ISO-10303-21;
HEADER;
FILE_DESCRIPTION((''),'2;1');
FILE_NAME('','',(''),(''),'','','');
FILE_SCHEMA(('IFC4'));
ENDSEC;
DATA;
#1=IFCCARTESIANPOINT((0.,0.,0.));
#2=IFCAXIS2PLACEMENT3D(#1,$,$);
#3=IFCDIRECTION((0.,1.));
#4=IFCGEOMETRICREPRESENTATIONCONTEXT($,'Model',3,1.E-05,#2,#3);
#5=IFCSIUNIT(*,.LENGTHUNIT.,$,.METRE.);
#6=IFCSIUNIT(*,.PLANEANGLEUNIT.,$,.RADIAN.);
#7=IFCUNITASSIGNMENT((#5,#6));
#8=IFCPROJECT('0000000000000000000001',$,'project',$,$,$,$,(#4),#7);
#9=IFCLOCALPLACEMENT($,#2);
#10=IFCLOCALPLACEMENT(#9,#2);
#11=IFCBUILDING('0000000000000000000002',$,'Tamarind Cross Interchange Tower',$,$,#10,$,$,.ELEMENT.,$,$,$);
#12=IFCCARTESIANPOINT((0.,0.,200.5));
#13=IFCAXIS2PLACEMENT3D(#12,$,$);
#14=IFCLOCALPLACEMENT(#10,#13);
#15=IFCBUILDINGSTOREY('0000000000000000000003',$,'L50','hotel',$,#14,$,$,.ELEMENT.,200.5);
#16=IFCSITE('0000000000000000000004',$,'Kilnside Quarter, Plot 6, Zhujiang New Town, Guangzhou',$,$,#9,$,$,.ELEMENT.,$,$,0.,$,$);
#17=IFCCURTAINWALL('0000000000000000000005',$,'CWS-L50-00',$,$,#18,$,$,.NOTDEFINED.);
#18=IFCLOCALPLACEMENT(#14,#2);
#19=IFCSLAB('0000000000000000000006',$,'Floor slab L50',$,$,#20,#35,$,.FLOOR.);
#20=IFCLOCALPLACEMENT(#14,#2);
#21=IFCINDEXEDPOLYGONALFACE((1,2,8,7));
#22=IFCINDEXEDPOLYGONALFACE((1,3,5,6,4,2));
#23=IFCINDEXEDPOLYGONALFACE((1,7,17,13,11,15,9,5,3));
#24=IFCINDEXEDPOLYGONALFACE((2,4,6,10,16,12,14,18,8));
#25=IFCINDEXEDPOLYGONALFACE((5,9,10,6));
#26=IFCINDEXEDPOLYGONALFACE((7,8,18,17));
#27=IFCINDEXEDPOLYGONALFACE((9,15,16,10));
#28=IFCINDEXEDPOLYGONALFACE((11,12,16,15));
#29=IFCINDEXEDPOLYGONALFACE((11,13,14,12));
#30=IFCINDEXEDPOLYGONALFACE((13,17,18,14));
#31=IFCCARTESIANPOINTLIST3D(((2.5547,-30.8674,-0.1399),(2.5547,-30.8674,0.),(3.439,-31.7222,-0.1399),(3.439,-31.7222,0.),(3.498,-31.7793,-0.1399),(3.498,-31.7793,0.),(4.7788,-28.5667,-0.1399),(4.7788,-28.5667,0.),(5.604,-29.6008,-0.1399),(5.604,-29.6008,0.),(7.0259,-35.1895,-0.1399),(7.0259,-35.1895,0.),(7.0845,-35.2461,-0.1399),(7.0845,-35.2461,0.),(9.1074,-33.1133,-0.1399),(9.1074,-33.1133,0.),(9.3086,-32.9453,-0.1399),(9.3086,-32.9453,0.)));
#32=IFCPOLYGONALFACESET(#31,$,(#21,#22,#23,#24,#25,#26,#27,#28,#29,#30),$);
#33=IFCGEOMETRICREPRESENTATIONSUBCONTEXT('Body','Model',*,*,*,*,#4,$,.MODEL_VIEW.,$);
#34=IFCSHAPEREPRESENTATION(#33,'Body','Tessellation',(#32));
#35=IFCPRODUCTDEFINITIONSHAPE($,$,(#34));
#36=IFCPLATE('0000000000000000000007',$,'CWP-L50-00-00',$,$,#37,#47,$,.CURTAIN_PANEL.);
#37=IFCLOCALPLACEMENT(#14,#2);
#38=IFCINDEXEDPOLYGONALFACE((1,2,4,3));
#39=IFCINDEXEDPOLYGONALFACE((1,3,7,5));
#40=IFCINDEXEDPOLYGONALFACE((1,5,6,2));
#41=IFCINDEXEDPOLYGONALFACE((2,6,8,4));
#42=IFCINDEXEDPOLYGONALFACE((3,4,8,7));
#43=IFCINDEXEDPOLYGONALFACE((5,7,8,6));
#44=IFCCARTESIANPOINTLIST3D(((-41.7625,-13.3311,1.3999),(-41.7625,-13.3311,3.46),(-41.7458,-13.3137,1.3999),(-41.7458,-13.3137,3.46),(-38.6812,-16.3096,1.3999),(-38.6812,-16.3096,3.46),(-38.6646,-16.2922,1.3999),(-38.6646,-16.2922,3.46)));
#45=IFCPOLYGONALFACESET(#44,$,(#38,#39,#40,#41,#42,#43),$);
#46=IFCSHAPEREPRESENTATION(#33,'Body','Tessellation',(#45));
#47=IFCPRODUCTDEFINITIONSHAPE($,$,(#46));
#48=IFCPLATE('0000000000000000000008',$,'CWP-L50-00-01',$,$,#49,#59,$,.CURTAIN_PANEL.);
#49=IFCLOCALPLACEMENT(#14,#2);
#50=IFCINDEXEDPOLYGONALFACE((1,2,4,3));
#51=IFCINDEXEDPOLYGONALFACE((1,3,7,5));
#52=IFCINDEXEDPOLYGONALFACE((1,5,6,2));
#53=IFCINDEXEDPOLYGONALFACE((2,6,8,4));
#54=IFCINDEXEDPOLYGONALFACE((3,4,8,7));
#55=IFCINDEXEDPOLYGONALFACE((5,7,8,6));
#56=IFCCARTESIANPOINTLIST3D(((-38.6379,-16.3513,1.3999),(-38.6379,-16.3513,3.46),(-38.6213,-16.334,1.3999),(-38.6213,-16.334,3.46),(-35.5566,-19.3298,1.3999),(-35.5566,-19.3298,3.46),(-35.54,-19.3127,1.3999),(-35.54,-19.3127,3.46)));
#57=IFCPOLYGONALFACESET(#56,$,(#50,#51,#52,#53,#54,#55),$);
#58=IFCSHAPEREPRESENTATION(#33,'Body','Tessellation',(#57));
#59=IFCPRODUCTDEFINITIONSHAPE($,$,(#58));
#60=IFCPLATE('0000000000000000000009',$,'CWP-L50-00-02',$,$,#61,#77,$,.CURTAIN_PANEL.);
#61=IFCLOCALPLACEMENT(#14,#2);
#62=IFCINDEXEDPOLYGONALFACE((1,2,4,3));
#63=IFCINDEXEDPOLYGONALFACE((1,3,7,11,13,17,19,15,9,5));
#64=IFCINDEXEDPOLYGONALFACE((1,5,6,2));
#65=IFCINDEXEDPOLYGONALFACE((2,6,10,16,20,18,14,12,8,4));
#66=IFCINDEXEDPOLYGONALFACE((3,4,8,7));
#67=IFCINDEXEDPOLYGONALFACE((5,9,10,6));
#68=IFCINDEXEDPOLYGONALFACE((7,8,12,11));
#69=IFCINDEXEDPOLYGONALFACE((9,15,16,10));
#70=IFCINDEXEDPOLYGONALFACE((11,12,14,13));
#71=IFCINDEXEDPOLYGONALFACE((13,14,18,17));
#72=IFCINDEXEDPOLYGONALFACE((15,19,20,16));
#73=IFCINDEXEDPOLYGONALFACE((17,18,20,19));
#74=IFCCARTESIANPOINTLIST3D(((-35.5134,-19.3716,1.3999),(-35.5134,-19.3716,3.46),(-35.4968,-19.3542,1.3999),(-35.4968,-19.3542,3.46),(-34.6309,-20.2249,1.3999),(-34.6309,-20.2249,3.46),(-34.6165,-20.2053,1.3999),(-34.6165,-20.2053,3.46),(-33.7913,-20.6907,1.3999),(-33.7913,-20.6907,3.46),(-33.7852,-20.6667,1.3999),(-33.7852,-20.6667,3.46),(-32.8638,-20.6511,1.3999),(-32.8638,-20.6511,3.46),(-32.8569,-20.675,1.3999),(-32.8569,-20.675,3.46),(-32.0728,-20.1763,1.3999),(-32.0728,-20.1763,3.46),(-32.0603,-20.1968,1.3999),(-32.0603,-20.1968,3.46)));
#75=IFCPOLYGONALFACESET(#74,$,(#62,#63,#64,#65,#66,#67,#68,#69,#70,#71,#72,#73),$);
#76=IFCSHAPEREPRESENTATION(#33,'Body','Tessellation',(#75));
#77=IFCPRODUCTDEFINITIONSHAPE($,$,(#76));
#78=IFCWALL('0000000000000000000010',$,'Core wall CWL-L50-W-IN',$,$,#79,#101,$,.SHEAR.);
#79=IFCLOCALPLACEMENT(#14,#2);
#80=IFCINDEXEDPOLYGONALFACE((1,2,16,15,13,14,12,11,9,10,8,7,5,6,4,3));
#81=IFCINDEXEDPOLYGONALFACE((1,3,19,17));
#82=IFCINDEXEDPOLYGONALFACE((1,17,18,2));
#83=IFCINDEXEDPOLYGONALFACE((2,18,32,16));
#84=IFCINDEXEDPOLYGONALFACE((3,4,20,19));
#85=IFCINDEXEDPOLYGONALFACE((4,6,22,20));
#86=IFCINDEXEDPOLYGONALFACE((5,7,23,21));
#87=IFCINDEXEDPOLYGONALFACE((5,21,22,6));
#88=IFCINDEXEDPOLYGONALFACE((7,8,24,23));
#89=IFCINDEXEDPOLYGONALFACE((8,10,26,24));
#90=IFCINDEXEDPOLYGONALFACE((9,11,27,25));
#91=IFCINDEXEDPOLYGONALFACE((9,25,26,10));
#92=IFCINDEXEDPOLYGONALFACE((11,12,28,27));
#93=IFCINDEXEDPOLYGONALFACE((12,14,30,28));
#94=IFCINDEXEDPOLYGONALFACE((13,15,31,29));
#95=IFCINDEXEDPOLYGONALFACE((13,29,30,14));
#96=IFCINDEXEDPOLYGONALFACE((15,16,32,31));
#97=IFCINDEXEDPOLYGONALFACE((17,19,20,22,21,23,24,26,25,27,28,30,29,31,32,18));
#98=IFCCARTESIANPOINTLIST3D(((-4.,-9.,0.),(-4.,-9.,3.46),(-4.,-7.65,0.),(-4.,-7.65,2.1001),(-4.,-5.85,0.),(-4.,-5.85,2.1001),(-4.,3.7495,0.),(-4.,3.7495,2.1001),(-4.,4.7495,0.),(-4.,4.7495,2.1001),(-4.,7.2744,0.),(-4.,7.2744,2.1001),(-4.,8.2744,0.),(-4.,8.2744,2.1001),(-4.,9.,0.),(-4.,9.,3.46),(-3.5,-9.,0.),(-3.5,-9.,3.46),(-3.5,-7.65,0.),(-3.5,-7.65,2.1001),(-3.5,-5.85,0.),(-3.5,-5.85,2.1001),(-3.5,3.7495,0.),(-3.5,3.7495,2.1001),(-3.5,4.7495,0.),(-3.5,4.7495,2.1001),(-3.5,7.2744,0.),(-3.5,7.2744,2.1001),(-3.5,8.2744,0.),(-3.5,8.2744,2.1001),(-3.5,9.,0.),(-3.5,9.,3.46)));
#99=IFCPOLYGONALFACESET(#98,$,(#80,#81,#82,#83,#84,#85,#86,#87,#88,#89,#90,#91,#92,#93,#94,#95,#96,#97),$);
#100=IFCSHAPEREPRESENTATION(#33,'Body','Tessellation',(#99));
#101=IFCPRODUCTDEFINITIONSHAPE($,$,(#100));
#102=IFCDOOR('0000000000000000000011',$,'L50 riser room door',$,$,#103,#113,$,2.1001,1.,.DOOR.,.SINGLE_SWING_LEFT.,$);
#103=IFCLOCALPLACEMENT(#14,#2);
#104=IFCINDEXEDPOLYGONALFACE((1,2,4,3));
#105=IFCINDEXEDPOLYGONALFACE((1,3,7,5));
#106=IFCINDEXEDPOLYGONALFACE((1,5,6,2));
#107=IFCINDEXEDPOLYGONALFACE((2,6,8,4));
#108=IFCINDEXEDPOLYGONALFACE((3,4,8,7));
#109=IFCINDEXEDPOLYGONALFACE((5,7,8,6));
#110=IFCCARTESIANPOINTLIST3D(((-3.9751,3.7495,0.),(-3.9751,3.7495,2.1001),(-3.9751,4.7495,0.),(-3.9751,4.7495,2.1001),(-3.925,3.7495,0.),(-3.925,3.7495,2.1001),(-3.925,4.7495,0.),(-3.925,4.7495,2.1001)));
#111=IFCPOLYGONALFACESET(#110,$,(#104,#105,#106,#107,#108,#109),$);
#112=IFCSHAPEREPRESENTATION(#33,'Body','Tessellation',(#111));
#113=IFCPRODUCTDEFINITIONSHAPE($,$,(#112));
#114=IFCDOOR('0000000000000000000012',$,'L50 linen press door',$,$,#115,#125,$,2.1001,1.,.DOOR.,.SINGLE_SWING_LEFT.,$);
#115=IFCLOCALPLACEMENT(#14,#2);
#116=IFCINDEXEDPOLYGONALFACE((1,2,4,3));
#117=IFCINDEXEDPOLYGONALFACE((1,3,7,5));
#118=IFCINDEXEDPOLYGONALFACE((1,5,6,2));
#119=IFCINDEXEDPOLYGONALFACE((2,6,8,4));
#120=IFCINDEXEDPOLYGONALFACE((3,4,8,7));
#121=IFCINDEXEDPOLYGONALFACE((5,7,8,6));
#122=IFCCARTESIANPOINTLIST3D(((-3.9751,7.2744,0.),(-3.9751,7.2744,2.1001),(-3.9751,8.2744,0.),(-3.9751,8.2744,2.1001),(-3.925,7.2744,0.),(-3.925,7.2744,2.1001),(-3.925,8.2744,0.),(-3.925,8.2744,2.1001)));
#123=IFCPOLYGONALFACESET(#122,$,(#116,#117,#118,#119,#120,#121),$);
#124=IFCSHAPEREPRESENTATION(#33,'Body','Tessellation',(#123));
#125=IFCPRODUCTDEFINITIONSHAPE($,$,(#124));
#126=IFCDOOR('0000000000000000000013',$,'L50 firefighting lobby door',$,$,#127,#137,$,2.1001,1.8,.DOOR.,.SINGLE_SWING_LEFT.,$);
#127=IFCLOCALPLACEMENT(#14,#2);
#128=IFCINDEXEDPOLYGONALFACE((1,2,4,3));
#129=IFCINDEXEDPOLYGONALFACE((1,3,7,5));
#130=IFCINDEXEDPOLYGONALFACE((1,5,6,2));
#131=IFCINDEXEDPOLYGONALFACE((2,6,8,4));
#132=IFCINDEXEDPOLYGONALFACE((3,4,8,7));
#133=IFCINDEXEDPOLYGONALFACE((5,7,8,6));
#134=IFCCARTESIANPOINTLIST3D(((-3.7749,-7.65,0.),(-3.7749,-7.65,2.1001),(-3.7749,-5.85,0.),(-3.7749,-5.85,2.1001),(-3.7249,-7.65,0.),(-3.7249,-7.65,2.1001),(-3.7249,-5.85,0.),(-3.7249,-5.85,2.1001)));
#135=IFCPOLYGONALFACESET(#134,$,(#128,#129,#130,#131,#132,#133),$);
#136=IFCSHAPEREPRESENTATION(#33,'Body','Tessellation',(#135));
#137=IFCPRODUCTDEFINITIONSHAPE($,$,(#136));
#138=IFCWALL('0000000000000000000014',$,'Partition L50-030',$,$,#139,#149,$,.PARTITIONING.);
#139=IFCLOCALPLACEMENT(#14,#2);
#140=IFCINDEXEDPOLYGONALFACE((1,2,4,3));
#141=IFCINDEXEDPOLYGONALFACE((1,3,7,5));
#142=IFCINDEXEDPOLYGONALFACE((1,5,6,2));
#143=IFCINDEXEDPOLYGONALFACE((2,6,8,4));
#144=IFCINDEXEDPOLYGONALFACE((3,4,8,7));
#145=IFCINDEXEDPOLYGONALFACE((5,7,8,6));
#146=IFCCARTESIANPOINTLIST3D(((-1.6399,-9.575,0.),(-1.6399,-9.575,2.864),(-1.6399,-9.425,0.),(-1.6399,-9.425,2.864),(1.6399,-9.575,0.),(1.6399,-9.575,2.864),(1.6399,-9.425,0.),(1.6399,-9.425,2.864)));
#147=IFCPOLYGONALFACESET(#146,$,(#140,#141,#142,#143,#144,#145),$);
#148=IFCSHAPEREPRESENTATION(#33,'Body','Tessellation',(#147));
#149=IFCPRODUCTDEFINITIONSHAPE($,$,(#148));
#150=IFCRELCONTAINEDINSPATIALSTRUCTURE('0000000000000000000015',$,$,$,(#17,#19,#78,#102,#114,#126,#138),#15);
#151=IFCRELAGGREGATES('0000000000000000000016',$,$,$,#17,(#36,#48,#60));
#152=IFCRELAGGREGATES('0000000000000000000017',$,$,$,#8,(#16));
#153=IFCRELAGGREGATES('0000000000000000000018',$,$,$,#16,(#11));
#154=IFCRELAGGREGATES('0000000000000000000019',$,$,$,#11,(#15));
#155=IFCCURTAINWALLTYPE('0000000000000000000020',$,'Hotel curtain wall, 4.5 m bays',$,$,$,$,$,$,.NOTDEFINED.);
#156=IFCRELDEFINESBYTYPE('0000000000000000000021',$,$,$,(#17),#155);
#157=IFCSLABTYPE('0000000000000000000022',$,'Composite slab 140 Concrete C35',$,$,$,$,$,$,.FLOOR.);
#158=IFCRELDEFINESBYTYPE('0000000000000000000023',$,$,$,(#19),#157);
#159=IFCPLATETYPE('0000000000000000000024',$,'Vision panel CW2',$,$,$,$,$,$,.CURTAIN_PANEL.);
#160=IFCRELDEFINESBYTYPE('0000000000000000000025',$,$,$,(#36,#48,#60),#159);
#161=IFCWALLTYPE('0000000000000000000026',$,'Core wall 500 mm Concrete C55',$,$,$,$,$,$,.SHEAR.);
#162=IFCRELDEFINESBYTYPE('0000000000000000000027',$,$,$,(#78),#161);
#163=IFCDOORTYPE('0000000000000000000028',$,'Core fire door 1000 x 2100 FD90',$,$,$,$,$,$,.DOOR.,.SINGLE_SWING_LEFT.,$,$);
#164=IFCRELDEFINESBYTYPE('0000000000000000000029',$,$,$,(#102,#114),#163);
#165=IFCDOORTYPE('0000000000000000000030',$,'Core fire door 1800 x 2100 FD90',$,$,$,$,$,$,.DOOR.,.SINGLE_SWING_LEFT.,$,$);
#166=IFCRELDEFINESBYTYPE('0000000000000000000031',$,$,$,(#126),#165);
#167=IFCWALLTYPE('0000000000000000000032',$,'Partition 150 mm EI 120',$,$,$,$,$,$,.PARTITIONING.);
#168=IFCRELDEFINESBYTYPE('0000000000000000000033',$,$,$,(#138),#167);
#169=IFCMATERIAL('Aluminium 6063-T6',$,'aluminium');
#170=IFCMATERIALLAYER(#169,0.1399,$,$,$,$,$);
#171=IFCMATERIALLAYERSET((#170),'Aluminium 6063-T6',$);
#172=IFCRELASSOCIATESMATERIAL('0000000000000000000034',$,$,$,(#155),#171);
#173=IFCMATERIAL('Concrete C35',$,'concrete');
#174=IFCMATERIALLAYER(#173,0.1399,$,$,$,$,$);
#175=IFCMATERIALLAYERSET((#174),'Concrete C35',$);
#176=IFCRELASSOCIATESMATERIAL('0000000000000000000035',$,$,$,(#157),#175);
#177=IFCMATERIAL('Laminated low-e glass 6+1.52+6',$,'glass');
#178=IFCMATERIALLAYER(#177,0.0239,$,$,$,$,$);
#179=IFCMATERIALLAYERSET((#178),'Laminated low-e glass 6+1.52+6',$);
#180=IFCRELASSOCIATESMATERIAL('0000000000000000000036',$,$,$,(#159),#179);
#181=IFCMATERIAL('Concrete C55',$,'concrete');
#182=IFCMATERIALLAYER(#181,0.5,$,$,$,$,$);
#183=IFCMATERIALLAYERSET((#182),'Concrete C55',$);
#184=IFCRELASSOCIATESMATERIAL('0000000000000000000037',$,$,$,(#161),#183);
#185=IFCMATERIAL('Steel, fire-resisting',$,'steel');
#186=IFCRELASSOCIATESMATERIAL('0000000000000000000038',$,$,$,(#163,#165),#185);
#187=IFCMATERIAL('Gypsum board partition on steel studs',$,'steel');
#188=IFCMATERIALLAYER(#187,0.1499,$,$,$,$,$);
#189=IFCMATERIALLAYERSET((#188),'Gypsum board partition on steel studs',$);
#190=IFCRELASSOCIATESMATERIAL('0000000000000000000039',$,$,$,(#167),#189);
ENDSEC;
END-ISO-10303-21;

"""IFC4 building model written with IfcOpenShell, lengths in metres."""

from ifc_helpers import new_model, si_unit, direction, frame, frame_2d, origin, place, context, subcontext, project, spatial, polyline, rectangle, outline, extrude, material, layer, layer_set, type_object, element, fill, aggregate, save


model = new_model("IFC4")

# Units and contexts
model_context = context("Model", 3, precision=1e-05, world=origin(), true_north=direction((0.0, 1.0)))
body_context = subcontext(model_context, "Body", "Model", "MODEL_VIEW")
ifc_project = project(units=[si_unit("LENGTHUNIT", "METRE"), si_unit("PLANEANGLEUNIT", "RADIAN")], contexts=[model_context])

# Site, building, storey
site_placement = place(None, origin())
site = spatial("IfcSite", under=ifc_project, at=site_placement, Name="Kilnside Quarter, Plot 6, Zhujiang New Town, Guangzhou", CompositionType="ELEMENT", RefElevation=0.0)
building_placement = place(site_placement, origin())
building = spatial("IfcBuilding", under=site, at=building_placement, Name="Tamarind Cross Interchange Tower", CompositionType="ELEMENT")
storey_placement = place(building_placement, frame((0.0, 0.0, 200.5)))
storey = spatial("IfcBuildingStorey", under=building, at=storey_placement, Name="L50", Description="hotel", CompositionType="ELEMENT", Elevation=200.5)

# Curtain wall
ifc_material_1 = material(Name="Aluminium 6063-T6", Category="aluminium")
ifc_layer_1 = layer(ifc_material_1, 0.1399)
ifc_layer_set_1 = layer_set([ifc_layer_1], Name="Aluminium 6063-T6")
curtain_wall_type = type_object("IfcCurtainWallType", Name="Hotel curtain wall, 4.5 m bays", PredefinedType="NOTDEFINED", material=ifc_layer_set_1)
curtain_wall_placement = place(storey_placement, origin())
curtain_wall = element("IfcCurtainWall", 1, at=curtain_wall_placement, inside=storey, type_object=curtain_wall_type, Name="CWS-L50-00", PredefinedType="NOTDEFINED")

# Slab
ifc_material_2 = material(Name="Concrete C35", Category="concrete")
ifc_layer_2 = layer(ifc_material_2, 0.1399)
ifc_layer_set_2 = layer_set([ifc_layer_2], Name="Concrete C35")
slab_type = type_object("IfcSlabType", Name="Composite slab 140 Concrete C35", PredefinedType="FLOOR", material=ifc_layer_set_2)
slab_1_placement = place(storey_placement, frame((0.0, 0.0, -0.1399)))
element("IfcSlab", 2, at=slab_1_placement, inside=storey, type_object=slab_type, Name="Floor slab L50", PredefinedType="FLOOR", context=body_context, shape_type="SweptSolid", body=[
    extrude(outline(polyline([(7.0845, -35.2461), (9.3086, -32.9453), (4.7788, -28.5667), (2.5547, -30.8674), (3.439, -31.7222), (3.498, -31.7793), (5.604, -29.6008), (9.1074, -33.1133), (7.0259, -35.1895), (7.0845, -35.2461)])), origin(), (0.0, 0.0, 1.0), 0.1399),
])

# Plates
ifc_material_3 = material(Name="Laminated low-e glass 6+1.52+6", Category="glass")
ifc_layer_3 = layer(ifc_material_3, 0.0239)
ifc_layer_set_3 = layer_set([ifc_layer_3], Name="Laminated low-e glass 6+1.52+6")
plate_type = type_object("IfcPlateType", Name="Vision panel CW2", PredefinedType="CURTAIN_PANEL", material=ifc_layer_set_3)
plate_1_placement = place(storey_placement, frame((0.0, 0.0, 1.3999)))
plate_1 = element("IfcPlate", 3, at=plate_1_placement, type_object=plate_type, Name="CWP-L50-00-00", PredefinedType="CURTAIN_PANEL", context=body_context, shape_type="SweptSolid", body=[
    extrude(outline(polyline([(-41.7458, -13.3137), (-38.6646, -16.2922), (-38.6812, -16.3096), (-41.7625, -13.3311), (-41.7458, -13.3137)])), origin(), (0.0, 0.0, 1.0), 2.0601),
])
plate_2_placement = place(storey_placement, frame((0.0, 0.0, 1.3999)))
plate_2 = element("IfcPlate", 4, at=plate_2_placement, type_object=plate_type, Name="CWP-L50-00-01", PredefinedType="CURTAIN_PANEL", context=body_context, shape_type="SweptSolid", body=[
    extrude(outline(polyline([(-38.6213, -16.334), (-35.54, -19.3127), (-35.5566, -19.3298), (-38.6379, -16.3513), (-38.6213, -16.334)])), origin(), (0.0, 0.0, 1.0), 2.0601),
])
plate_3_placement = place(storey_placement, frame((0.0, 0.0, 1.3999)))
plate_3 = element("IfcPlate", 5, at=plate_3_placement, type_object=plate_type, Name="CWP-L50-00-02", PredefinedType="CURTAIN_PANEL", context=body_context, shape_type="SweptSolid", body=[
    extrude(outline(polyline([(-35.4968, -19.3542), (-34.6165, -20.2053), (-33.7852, -20.6667), (-32.8638, -20.6511), (-32.0728, -20.1763), (-32.0603, -20.1968), (-32.8569, -20.675), (-33.7913, -20.6907), (-34.6309, -20.2249), (-35.5134, -19.3716), (-35.4968, -19.3542)])), origin(), (0.0, 0.0, 1.0), 2.0601),
])
aggregate(curtain_wall, [plate_1, plate_2, plate_3])

# Wall, openings, doors
ifc_material_4 = material(Name="Concrete C55", Category="concrete")
ifc_layer_4 = layer(ifc_material_4, 0.5)
ifc_layer_set_4 = layer_set([ifc_layer_4], Name="Concrete C55")
wall_type_1 = type_object("IfcWallType", Name="Core wall 500 mm Concrete C55", PredefinedType="SHEAR", material=ifc_layer_set_4)
wall_1_placement = place(storey_placement, frame((-3.75, -9.0, 0.0), z_axis=(0.0, 0.0, 1.0), x_axis=(0.0, 1.0, 0.0)))
wall_1 = element("IfcWall", 6, at=wall_1_placement, inside=storey, type_object=wall_type_1, Name="Core wall CWL-L50-W-IN", PredefinedType="SHEAR", context=body_context, shape_type="SweptSolid", body=[
    extrude(rectangle(XDim=18.0, YDim=0.5, at=frame_2d((9.0, 0.0))), origin(), (0.0, 0.0, 1.0), 3.46),
])
opening_1_placement = place(wall_1_placement, frame((1.3501, 0.0, 0.0)))
opening_1 = element("IfcOpeningElement", 7, at=opening_1_placement, cuts=wall_1, PredefinedType="OPENING", context=body_context, shape_type="SweptSolid", body=[
    extrude(rectangle(XDim=1.8, YDim=2.1001, at=frame_2d((0.8999, 1.05))), frame((0.0, 0.26, 0.0), z_axis=(0.0, -1.0, 0.0), x_axis=(1.0, 0.0, 0.0)), (0.0, 0.0, 1.0), 0.52),
])
opening_2_placement = place(wall_1_placement, frame((12.7495, 0.0, 0.0)))
opening_2 = element("IfcOpeningElement", 8, at=opening_2_placement, cuts=wall_1, PredefinedType="OPENING", context=body_context, shape_type="SweptSolid", body=[
    extrude(rectangle(XDim=1.0, YDim=2.1001, at=frame_2d((0.5, 1.05))), frame((0.0, 0.26, 0.0), z_axis=(0.0, -1.0, 0.0), x_axis=(1.0, 0.0, 0.0)), (0.0, 0.0, 1.0), 0.52),
])
opening_3_placement = place(wall_1_placement, frame((16.2744, 0.0, 0.0)))
opening_3 = element("IfcOpeningElement", 9, at=opening_3_placement, cuts=wall_1, PredefinedType="OPENING", context=body_context, shape_type="SweptSolid", body=[
    extrude(rectangle(XDim=1.0, YDim=2.1001, at=frame_2d((0.5, 1.05))), frame((0.0, 0.26, 0.0), z_axis=(0.0, -1.0, 0.0), x_axis=(1.0, 0.0, 0.0)), (0.0, 0.0, 1.0), 0.52),
])
ifc_material_5 = material(Name="Steel, fire-resisting", Category="steel")
door_type_1 = type_object("IfcDoorType", Name="Core fire door 1000 x 2100 FD90", OperationType="SINGLE_SWING_LEFT", PredefinedType="DOOR", material=ifc_material_5)
door_1_placement = place(opening_2_placement, origin())
door_1 = element("IfcDoor", 10, at=door_1_placement, inside=storey, type_object=door_type_1, Name="L50 riser room door", OperationType="SINGLE_SWING_LEFT", OverallHeight=2.1001, OverallWidth=1.0, PredefinedType="DOOR", context=body_context, shape_type="SweptSolid", body=[
    extrude(rectangle(XDim=1.0, YDim=2.1001, at=frame_2d((0.5, 1.05))), frame((0.0, 0.2251, 0.0), z_axis=(0.0, -1.0, 0.0), x_axis=(1.0, 0.0, 0.0)), (0.0, 0.0, 1.0), 0.05),
])
fill(opening_2, door_1)
door_2_placement = place(opening_3_placement, origin())
door_2 = element("IfcDoor", 11, at=door_2_placement, inside=storey, type_object=door_type_1, Name="L50 linen press door", OperationType="SINGLE_SWING_LEFT", OverallHeight=2.1001, OverallWidth=1.0, PredefinedType="DOOR", context=body_context, shape_type="SweptSolid", body=[
    extrude(rectangle(XDim=1.0, YDim=2.1001, at=frame_2d((0.5, 1.05))), frame((0.0, 0.2251, 0.0), z_axis=(0.0, -1.0, 0.0), x_axis=(1.0, 0.0, 0.0)), (0.0, 0.0, 1.0), 0.05),
])
fill(opening_3, door_2)
door_type_2 = type_object("IfcDoorType", Name="Core fire door 1800 x 2100 FD90", OperationType="SINGLE_SWING_LEFT", PredefinedType="DOOR", material=ifc_material_5)
door_3_placement = place(opening_1_placement, origin())
door_3 = element("IfcDoor", 12, at=door_3_placement, inside=storey, type_object=door_type_2, Name="L50 firefighting lobby door", OperationType="SINGLE_SWING_LEFT", OverallHeight=2.1001, OverallWidth=1.8, PredefinedType="DOOR", context=body_context, shape_type="SweptSolid", body=[
    extrude(rectangle(XDim=1.8, YDim=2.1001, at=frame_2d((0.8999, 1.05))), frame((0.0, 0.0249, 0.0), z_axis=(0.0, -1.0, 0.0), x_axis=(1.0, 0.0, 0.0)), (0.0, 0.0, 1.0), 0.05),
])
fill(opening_1, door_3)

# Wall
ifc_material_6 = material(Name="Gypsum board partition on steel studs", Category="steel")
ifc_layer_5 = layer(ifc_material_6, 0.1499)
ifc_layer_set_5 = layer_set([ifc_layer_5], Name="Gypsum board partition on steel studs")
wall_type_2 = type_object("IfcWallType", Name="Partition 150 mm EI 120", PredefinedType="PARTITIONING", material=ifc_layer_set_5)
wall_2_placement = place(storey_placement, frame((-1.6399, -9.5, 0.0), z_axis=(0.0, 0.0, 1.0), x_axis=(1.0, 0.0, 0.0)))
element("IfcWall", 13, at=wall_2_placement, inside=storey, type_object=wall_type_2, Name="Partition L50-030", PredefinedType="PARTITIONING", context=body_context, shape_type="SweptSolid", body=[
    extrude(rectangle(XDim=3.2798, YDim=0.1499, at=frame_2d((1.6399, 0.0))), origin(), (0.0, 0.0, 1.0), 2.864),
])

save(model, "model.ifc")
